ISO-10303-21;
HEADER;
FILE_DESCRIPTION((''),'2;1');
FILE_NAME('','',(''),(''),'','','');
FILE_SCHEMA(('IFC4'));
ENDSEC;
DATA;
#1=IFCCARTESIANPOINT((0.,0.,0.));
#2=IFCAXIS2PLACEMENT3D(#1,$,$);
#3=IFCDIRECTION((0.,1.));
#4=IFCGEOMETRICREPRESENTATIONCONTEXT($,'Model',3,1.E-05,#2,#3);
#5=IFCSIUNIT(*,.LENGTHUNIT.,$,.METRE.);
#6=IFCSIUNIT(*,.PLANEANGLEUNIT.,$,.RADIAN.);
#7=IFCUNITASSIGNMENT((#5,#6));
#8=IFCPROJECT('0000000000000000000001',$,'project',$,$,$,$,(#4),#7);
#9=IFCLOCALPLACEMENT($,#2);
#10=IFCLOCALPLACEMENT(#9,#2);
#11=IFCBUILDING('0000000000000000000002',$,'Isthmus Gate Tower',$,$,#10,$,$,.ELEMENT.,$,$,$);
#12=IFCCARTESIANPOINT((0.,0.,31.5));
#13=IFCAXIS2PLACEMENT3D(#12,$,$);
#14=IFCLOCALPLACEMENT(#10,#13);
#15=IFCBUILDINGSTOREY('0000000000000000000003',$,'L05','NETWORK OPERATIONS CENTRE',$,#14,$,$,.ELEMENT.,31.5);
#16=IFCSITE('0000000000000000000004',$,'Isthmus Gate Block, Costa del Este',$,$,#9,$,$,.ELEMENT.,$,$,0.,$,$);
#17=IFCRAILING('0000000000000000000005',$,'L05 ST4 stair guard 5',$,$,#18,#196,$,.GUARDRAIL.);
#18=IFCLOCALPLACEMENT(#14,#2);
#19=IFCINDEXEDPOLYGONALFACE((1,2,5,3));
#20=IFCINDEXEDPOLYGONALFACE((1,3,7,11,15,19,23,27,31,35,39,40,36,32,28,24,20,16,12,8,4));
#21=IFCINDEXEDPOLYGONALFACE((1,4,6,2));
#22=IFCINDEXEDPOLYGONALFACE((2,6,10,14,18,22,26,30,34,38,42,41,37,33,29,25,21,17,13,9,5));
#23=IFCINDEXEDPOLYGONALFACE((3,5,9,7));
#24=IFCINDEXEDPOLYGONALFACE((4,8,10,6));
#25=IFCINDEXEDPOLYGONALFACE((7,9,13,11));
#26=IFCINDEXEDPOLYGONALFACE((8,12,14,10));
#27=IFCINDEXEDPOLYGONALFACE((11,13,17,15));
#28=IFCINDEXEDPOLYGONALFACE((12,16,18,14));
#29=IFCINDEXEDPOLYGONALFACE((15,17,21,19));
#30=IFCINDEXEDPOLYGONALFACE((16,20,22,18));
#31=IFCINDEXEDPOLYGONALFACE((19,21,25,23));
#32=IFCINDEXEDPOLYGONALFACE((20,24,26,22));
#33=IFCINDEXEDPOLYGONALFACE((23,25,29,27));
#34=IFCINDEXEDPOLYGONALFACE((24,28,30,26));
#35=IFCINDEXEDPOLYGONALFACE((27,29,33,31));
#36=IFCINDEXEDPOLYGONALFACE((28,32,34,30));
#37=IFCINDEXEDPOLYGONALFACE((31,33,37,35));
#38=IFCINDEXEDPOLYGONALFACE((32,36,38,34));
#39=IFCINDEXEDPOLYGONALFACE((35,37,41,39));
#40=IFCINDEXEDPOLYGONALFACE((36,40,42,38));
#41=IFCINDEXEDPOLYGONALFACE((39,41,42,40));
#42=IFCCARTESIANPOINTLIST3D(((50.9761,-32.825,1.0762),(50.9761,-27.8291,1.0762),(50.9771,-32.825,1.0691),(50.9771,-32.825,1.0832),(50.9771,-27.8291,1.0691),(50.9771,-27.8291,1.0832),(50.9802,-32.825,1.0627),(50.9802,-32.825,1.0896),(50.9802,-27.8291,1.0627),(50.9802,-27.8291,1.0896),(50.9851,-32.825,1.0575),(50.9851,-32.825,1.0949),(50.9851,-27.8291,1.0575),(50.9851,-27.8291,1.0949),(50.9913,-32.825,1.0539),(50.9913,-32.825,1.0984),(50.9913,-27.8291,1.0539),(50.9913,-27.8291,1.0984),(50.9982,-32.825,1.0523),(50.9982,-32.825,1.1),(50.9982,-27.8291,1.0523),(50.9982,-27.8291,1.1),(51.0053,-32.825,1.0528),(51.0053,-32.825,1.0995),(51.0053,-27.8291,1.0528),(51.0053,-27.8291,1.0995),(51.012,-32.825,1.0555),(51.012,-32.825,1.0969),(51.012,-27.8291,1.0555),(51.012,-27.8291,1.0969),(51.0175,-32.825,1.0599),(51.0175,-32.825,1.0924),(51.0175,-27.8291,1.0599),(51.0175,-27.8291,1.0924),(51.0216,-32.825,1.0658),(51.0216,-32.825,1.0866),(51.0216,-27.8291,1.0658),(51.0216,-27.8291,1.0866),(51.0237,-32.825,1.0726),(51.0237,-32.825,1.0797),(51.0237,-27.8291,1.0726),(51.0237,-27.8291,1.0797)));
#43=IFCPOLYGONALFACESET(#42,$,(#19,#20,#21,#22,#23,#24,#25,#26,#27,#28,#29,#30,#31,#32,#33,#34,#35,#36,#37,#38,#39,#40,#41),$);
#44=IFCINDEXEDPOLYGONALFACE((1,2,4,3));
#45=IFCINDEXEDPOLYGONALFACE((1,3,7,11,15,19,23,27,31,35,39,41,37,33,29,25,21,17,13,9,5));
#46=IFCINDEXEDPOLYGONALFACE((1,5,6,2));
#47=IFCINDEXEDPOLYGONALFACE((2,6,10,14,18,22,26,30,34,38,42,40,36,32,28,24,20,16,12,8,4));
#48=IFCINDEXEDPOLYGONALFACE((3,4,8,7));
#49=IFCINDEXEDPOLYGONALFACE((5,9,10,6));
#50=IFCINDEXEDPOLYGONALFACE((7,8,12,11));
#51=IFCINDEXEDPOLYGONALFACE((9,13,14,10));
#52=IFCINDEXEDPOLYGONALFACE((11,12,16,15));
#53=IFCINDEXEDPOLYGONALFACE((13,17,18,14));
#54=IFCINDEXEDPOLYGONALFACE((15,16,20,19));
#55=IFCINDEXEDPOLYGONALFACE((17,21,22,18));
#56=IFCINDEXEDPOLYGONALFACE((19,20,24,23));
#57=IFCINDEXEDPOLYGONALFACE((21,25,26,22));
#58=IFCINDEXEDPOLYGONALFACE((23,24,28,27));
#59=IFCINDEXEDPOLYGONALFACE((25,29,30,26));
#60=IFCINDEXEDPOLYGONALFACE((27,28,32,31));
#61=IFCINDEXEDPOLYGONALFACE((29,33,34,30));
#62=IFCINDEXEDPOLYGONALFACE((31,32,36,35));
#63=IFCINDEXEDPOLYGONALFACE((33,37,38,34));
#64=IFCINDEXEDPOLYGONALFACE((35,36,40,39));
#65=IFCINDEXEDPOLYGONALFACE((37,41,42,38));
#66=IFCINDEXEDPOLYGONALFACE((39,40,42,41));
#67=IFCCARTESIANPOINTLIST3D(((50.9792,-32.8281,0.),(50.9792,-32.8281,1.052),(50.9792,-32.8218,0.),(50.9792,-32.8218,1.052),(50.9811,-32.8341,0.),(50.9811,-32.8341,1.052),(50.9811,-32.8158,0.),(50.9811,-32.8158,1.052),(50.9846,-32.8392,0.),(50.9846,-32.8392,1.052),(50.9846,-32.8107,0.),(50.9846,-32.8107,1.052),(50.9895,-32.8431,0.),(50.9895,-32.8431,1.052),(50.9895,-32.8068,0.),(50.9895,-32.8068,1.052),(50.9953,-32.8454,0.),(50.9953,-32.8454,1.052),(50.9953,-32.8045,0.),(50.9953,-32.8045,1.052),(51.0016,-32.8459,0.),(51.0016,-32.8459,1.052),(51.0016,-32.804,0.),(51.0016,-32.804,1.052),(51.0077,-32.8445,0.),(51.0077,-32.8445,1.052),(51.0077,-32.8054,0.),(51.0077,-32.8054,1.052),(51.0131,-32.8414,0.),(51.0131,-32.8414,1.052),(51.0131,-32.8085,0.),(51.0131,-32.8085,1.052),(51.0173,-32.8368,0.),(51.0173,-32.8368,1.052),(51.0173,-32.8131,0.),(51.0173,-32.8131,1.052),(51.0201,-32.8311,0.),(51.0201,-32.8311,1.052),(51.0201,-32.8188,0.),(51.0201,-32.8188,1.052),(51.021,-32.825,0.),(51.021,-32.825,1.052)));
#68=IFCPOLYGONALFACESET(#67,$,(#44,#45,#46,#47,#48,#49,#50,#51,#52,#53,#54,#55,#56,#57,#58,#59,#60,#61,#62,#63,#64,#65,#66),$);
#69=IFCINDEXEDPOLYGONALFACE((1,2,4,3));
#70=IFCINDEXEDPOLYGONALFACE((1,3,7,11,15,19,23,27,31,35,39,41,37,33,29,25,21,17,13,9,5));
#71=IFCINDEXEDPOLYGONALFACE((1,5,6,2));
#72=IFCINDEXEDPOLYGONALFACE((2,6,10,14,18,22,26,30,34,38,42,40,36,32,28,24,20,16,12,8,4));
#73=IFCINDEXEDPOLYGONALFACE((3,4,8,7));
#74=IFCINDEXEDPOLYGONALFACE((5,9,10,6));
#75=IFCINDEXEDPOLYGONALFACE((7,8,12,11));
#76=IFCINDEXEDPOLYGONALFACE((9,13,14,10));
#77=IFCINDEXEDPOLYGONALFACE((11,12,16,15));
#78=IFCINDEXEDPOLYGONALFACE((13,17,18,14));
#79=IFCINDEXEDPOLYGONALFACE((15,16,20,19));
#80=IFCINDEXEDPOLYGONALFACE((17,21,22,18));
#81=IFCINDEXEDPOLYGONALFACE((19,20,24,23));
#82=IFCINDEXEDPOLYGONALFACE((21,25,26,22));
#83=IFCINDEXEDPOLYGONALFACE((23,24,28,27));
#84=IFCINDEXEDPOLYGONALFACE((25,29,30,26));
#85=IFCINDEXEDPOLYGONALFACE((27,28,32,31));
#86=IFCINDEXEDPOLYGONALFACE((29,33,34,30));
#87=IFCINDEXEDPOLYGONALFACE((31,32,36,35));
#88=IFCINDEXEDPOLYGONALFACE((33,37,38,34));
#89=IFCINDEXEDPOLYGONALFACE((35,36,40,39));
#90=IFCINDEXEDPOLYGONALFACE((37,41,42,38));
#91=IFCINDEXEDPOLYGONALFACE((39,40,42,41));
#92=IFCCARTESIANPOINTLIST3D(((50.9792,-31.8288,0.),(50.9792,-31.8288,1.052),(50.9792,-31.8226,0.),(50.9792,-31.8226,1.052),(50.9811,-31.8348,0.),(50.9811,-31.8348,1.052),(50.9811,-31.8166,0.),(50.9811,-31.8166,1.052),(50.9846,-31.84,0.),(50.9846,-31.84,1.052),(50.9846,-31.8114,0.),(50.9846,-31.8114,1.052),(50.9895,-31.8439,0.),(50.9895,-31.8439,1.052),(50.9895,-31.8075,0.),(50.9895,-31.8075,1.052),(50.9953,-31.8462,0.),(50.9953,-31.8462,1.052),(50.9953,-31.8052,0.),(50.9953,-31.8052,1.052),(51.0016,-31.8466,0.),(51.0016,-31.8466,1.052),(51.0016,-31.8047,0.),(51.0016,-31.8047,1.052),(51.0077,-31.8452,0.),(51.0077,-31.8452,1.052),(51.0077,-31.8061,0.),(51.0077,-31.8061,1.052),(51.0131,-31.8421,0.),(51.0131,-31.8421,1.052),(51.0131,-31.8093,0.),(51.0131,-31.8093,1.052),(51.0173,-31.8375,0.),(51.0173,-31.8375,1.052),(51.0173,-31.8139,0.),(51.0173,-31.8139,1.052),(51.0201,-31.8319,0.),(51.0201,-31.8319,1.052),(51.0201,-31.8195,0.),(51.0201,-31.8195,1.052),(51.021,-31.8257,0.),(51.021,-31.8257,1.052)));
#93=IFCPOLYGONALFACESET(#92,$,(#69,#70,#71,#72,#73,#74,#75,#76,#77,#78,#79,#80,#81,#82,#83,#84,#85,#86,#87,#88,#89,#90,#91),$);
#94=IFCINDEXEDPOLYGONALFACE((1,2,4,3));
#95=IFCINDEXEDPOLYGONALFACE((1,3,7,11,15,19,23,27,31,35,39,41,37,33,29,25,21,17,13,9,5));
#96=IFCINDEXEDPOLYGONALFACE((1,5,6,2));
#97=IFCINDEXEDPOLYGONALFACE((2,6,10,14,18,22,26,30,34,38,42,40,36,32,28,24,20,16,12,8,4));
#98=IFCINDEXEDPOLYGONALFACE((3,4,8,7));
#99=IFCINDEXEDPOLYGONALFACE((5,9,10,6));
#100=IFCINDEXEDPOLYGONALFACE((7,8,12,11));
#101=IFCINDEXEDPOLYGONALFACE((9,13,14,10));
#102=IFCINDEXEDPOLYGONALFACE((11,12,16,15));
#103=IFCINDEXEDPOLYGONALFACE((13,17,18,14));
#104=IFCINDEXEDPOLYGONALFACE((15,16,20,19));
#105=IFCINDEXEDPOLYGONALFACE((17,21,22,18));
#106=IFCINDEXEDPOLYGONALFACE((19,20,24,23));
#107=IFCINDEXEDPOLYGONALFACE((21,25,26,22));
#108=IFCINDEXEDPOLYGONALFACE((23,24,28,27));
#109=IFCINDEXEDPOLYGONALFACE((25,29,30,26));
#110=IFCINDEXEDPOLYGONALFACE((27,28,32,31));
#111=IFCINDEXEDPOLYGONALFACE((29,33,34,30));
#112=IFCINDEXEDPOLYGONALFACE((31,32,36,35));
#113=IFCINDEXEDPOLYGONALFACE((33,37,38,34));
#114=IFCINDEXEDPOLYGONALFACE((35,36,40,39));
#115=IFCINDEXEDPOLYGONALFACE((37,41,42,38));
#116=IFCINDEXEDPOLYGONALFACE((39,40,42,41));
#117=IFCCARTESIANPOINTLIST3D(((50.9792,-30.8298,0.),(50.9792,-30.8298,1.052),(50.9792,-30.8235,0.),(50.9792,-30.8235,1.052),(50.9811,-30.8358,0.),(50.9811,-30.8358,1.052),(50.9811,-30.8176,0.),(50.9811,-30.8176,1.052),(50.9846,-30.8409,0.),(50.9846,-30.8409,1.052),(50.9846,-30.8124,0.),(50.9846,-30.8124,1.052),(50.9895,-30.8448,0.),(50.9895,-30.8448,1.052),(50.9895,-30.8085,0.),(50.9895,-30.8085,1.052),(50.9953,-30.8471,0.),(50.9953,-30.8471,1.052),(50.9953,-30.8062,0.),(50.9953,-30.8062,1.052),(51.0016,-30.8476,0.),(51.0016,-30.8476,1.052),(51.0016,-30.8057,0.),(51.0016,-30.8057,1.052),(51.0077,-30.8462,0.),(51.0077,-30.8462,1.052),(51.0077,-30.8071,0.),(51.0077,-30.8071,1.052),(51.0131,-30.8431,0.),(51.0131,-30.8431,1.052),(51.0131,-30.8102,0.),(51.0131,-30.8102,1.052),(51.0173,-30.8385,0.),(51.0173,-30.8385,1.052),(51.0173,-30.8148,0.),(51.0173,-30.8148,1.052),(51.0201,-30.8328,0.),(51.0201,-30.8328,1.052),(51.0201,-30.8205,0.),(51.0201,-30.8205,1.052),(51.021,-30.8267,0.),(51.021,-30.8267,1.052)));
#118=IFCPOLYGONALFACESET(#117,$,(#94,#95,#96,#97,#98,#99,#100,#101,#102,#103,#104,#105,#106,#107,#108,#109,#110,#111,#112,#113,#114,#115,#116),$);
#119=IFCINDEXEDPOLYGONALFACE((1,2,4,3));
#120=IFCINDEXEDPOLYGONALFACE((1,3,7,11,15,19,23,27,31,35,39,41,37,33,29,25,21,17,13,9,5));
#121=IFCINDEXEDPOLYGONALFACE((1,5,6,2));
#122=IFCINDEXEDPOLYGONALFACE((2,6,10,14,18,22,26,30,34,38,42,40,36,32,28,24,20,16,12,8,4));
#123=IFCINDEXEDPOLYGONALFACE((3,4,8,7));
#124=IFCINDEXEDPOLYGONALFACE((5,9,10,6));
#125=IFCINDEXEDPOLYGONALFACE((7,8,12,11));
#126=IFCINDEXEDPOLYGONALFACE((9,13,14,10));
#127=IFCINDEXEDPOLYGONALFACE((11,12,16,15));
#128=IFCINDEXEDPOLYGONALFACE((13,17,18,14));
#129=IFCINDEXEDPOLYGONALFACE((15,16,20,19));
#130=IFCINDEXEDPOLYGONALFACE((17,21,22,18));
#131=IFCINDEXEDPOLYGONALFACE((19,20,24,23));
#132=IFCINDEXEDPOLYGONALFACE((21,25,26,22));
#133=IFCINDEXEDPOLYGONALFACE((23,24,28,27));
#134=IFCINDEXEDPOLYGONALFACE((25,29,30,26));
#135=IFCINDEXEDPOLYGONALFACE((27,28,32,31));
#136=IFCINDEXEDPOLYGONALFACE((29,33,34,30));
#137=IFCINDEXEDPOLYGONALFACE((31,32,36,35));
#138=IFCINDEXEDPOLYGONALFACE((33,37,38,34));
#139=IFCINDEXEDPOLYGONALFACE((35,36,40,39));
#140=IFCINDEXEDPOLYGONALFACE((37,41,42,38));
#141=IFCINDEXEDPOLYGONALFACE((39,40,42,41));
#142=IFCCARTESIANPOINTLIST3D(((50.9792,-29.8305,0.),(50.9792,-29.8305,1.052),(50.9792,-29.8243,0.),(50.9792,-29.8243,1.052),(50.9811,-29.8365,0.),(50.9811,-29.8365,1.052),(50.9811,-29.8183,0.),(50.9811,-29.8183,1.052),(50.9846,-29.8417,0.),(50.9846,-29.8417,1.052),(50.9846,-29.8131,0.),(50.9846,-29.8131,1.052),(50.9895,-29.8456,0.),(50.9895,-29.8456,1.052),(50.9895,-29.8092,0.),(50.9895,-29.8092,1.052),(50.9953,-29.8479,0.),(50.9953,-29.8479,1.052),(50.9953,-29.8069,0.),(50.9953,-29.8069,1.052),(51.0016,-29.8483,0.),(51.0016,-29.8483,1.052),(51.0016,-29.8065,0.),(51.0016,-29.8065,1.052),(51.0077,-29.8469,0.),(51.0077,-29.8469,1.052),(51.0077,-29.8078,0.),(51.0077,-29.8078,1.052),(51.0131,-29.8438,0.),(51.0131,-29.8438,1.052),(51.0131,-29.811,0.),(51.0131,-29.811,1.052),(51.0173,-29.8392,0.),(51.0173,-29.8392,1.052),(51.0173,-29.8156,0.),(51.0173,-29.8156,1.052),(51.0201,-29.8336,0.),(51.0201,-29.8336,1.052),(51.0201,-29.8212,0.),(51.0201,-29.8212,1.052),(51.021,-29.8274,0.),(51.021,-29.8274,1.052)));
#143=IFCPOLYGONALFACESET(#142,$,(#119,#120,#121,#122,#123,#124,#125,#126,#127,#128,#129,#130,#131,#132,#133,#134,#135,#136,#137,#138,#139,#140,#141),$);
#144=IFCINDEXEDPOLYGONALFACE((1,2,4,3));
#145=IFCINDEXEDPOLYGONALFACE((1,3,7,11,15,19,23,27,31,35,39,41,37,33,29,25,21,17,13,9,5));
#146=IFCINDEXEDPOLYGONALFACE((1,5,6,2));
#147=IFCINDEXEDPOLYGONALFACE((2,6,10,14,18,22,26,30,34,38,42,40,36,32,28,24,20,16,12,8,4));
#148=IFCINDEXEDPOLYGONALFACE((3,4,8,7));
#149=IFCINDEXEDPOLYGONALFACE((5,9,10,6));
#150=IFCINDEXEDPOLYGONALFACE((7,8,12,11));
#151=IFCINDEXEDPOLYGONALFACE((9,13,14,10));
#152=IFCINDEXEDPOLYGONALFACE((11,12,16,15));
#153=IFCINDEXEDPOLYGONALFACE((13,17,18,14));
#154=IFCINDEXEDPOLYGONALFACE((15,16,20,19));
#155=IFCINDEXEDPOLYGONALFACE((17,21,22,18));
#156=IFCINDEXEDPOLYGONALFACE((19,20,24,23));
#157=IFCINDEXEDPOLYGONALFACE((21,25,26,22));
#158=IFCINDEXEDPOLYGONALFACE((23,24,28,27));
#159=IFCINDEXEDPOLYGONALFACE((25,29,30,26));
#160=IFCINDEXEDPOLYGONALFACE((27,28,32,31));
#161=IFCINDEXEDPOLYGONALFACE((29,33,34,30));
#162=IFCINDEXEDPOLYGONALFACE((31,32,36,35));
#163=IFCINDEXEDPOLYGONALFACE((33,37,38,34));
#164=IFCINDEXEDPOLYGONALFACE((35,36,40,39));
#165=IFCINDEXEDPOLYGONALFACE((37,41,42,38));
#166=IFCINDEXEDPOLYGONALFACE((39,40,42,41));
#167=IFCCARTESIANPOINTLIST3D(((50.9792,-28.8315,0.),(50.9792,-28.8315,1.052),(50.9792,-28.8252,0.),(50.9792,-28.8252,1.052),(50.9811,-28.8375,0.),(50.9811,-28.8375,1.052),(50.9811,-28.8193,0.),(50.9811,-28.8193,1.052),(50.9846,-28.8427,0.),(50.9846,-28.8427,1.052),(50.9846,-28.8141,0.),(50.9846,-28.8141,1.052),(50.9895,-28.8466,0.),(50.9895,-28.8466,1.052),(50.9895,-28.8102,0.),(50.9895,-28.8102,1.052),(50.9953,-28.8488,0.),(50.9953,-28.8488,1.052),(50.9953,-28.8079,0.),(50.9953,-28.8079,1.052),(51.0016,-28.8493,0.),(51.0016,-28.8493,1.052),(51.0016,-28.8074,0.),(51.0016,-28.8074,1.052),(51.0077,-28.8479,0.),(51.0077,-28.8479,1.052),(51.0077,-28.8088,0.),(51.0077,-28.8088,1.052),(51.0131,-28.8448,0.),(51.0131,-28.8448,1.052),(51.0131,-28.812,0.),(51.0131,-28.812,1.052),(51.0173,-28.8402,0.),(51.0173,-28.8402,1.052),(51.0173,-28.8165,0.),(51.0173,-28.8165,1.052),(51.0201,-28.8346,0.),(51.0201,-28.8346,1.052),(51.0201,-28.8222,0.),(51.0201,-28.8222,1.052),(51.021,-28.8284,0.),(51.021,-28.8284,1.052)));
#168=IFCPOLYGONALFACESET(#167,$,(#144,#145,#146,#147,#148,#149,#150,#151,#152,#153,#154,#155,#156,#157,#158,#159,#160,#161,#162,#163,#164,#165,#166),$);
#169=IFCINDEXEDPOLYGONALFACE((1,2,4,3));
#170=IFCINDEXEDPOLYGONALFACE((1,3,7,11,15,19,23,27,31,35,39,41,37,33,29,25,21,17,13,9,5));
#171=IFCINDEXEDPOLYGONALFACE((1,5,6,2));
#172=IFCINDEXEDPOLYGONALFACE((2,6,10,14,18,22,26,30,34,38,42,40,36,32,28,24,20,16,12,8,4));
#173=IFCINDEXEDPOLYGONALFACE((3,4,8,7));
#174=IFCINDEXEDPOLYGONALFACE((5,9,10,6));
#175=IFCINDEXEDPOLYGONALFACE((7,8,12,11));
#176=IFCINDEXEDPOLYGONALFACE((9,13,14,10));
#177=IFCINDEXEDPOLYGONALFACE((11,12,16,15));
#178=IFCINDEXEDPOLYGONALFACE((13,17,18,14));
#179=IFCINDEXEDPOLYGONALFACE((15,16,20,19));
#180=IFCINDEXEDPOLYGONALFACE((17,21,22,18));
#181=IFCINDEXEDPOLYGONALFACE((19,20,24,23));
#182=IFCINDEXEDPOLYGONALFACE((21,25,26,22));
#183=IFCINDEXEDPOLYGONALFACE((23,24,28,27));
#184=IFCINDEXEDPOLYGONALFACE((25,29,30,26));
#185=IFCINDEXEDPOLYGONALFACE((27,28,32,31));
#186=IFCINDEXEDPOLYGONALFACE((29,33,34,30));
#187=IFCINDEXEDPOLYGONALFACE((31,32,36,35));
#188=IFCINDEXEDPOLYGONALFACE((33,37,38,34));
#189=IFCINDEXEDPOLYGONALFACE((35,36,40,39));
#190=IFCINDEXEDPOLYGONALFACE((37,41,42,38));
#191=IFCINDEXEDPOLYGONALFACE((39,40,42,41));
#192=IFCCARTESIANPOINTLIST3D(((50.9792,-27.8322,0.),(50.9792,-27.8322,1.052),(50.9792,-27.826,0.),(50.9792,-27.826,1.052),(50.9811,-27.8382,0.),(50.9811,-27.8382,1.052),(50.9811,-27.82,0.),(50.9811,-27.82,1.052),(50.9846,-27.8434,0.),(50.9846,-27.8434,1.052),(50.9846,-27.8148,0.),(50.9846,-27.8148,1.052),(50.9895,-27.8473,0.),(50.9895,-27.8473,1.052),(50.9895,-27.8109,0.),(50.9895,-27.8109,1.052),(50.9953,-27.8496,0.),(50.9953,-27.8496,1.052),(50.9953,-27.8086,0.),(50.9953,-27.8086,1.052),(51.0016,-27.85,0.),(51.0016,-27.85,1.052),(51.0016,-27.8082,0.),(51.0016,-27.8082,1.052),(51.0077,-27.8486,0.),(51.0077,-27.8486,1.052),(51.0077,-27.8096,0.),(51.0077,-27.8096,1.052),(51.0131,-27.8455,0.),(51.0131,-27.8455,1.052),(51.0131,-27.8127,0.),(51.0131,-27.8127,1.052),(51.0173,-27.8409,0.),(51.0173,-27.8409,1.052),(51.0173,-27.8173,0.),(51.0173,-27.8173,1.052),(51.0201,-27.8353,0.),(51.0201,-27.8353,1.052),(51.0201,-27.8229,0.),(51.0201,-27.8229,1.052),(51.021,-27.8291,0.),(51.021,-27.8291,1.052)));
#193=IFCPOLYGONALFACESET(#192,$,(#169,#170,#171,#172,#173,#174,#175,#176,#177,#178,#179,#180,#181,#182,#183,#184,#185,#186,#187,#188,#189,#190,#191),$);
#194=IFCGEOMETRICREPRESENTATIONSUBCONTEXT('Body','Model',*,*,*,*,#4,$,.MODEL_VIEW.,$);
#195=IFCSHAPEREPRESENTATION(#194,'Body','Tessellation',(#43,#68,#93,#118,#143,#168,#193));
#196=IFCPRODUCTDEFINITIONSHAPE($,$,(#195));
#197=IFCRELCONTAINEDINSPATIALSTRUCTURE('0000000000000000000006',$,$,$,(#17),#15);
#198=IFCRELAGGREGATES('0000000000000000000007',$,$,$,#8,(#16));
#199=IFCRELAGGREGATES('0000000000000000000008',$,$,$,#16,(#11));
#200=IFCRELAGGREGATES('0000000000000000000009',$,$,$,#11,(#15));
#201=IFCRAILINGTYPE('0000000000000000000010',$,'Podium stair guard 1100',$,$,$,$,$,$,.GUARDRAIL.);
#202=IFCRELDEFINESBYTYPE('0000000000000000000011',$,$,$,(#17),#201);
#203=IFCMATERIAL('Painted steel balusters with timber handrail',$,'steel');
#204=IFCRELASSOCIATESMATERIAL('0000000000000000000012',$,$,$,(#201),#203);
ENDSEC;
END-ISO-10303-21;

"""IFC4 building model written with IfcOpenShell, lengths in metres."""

from ifc_helpers import new_model, si_unit, direction, frame, origin, origin_2d, place, context, subcontext, project, spatial, circle, extrude, material, type_object, element, save


model = new_model("IFC4")

# Units and contexts
model_context = context("Model", 3, precision=1e-05, world=origin(), true_north=direction((0.0, 1.0)))
body_context = subcontext(model_context, "Body", "Model", "MODEL_VIEW")
ifc_project = project(units=[si_unit("LENGTHUNIT", "METRE"), si_unit("PLANEANGLEUNIT", "RADIAN")], contexts=[model_context])

# Site, building, storey
site_placement = place(None, origin())
site = spatial("IfcSite", under=ifc_project, at=site_placement, Name="Isthmus Gate Block, Costa del Este", CompositionType="ELEMENT", RefElevation=0.0)
building_placement = place(site_placement, origin())
building = spatial("IfcBuilding", under=site, at=building_placement, Name="Isthmus Gate Tower", CompositionType="ELEMENT")
storey_placement = place(building_placement, frame((0.0, 0.0, 31.5)))
storey = spatial("IfcBuildingStorey", under=building, at=storey_placement, Name="L05", Description="NETWORK OPERATIONS CENTRE", CompositionType="ELEMENT", Elevation=31.5)

# Railing
ifc_material_1 = material(Name="Painted steel balusters with timber handrail", Category="steel")
railing_type_1 = type_object("IfcRailingType", Name="Podium stair guard 1100", PredefinedType="GUARDRAIL", material=ifc_material_1)
railing_1_placement = place(storey_placement, frame((51.0, -32.825, 0.0)))
element("IfcRailing", 1, at=railing_1_placement, inside=storey, type_object=railing_type_1, Name="L05 ST4 stair guard 5", PredefinedType="GUARDRAIL", context=body_context, shape_type="SweptSolid", body=[
    extrude(circle(Radius=0.0239, at=origin_2d()), frame((0.0, 0.0, 1.0762), z_axis=(0.0, 1.0, 0.0), x_axis=(-1.0, 0.0, 0.0)), (0.0, 0.0, 1.0), 4.9958),
    extrude(circle(Radius=0.021, at=origin_2d()), origin(), (0.0, 0.0, 1.0), 1.052),
    extrude(circle(Radius=0.021, at=origin_2d()), frame((0.0, 0.9993, 0.0)), (0.0, 0.0, 1.0), 1.052),
    extrude(circle(Radius=0.021, at=origin_2d()), frame((0.0, 1.9983, 0.0)), (0.0, 0.0, 1.0), 1.052),
    extrude(circle(Radius=0.021, at=origin_2d()), frame((0.0, 2.9976, 0.0)), (0.0, 0.0, 1.0), 1.052),
    extrude(circle(Radius=0.021, at=origin_2d()), frame((0.0, 3.9966, 0.0)), (0.0, 0.0, 1.0), 1.052),
    extrude(circle(Radius=0.021, at=origin_2d()), frame((0.0, 4.9958, 0.0)), (0.0, 0.0, 1.0), 1.052),
])

save(model, "model.ifc")
